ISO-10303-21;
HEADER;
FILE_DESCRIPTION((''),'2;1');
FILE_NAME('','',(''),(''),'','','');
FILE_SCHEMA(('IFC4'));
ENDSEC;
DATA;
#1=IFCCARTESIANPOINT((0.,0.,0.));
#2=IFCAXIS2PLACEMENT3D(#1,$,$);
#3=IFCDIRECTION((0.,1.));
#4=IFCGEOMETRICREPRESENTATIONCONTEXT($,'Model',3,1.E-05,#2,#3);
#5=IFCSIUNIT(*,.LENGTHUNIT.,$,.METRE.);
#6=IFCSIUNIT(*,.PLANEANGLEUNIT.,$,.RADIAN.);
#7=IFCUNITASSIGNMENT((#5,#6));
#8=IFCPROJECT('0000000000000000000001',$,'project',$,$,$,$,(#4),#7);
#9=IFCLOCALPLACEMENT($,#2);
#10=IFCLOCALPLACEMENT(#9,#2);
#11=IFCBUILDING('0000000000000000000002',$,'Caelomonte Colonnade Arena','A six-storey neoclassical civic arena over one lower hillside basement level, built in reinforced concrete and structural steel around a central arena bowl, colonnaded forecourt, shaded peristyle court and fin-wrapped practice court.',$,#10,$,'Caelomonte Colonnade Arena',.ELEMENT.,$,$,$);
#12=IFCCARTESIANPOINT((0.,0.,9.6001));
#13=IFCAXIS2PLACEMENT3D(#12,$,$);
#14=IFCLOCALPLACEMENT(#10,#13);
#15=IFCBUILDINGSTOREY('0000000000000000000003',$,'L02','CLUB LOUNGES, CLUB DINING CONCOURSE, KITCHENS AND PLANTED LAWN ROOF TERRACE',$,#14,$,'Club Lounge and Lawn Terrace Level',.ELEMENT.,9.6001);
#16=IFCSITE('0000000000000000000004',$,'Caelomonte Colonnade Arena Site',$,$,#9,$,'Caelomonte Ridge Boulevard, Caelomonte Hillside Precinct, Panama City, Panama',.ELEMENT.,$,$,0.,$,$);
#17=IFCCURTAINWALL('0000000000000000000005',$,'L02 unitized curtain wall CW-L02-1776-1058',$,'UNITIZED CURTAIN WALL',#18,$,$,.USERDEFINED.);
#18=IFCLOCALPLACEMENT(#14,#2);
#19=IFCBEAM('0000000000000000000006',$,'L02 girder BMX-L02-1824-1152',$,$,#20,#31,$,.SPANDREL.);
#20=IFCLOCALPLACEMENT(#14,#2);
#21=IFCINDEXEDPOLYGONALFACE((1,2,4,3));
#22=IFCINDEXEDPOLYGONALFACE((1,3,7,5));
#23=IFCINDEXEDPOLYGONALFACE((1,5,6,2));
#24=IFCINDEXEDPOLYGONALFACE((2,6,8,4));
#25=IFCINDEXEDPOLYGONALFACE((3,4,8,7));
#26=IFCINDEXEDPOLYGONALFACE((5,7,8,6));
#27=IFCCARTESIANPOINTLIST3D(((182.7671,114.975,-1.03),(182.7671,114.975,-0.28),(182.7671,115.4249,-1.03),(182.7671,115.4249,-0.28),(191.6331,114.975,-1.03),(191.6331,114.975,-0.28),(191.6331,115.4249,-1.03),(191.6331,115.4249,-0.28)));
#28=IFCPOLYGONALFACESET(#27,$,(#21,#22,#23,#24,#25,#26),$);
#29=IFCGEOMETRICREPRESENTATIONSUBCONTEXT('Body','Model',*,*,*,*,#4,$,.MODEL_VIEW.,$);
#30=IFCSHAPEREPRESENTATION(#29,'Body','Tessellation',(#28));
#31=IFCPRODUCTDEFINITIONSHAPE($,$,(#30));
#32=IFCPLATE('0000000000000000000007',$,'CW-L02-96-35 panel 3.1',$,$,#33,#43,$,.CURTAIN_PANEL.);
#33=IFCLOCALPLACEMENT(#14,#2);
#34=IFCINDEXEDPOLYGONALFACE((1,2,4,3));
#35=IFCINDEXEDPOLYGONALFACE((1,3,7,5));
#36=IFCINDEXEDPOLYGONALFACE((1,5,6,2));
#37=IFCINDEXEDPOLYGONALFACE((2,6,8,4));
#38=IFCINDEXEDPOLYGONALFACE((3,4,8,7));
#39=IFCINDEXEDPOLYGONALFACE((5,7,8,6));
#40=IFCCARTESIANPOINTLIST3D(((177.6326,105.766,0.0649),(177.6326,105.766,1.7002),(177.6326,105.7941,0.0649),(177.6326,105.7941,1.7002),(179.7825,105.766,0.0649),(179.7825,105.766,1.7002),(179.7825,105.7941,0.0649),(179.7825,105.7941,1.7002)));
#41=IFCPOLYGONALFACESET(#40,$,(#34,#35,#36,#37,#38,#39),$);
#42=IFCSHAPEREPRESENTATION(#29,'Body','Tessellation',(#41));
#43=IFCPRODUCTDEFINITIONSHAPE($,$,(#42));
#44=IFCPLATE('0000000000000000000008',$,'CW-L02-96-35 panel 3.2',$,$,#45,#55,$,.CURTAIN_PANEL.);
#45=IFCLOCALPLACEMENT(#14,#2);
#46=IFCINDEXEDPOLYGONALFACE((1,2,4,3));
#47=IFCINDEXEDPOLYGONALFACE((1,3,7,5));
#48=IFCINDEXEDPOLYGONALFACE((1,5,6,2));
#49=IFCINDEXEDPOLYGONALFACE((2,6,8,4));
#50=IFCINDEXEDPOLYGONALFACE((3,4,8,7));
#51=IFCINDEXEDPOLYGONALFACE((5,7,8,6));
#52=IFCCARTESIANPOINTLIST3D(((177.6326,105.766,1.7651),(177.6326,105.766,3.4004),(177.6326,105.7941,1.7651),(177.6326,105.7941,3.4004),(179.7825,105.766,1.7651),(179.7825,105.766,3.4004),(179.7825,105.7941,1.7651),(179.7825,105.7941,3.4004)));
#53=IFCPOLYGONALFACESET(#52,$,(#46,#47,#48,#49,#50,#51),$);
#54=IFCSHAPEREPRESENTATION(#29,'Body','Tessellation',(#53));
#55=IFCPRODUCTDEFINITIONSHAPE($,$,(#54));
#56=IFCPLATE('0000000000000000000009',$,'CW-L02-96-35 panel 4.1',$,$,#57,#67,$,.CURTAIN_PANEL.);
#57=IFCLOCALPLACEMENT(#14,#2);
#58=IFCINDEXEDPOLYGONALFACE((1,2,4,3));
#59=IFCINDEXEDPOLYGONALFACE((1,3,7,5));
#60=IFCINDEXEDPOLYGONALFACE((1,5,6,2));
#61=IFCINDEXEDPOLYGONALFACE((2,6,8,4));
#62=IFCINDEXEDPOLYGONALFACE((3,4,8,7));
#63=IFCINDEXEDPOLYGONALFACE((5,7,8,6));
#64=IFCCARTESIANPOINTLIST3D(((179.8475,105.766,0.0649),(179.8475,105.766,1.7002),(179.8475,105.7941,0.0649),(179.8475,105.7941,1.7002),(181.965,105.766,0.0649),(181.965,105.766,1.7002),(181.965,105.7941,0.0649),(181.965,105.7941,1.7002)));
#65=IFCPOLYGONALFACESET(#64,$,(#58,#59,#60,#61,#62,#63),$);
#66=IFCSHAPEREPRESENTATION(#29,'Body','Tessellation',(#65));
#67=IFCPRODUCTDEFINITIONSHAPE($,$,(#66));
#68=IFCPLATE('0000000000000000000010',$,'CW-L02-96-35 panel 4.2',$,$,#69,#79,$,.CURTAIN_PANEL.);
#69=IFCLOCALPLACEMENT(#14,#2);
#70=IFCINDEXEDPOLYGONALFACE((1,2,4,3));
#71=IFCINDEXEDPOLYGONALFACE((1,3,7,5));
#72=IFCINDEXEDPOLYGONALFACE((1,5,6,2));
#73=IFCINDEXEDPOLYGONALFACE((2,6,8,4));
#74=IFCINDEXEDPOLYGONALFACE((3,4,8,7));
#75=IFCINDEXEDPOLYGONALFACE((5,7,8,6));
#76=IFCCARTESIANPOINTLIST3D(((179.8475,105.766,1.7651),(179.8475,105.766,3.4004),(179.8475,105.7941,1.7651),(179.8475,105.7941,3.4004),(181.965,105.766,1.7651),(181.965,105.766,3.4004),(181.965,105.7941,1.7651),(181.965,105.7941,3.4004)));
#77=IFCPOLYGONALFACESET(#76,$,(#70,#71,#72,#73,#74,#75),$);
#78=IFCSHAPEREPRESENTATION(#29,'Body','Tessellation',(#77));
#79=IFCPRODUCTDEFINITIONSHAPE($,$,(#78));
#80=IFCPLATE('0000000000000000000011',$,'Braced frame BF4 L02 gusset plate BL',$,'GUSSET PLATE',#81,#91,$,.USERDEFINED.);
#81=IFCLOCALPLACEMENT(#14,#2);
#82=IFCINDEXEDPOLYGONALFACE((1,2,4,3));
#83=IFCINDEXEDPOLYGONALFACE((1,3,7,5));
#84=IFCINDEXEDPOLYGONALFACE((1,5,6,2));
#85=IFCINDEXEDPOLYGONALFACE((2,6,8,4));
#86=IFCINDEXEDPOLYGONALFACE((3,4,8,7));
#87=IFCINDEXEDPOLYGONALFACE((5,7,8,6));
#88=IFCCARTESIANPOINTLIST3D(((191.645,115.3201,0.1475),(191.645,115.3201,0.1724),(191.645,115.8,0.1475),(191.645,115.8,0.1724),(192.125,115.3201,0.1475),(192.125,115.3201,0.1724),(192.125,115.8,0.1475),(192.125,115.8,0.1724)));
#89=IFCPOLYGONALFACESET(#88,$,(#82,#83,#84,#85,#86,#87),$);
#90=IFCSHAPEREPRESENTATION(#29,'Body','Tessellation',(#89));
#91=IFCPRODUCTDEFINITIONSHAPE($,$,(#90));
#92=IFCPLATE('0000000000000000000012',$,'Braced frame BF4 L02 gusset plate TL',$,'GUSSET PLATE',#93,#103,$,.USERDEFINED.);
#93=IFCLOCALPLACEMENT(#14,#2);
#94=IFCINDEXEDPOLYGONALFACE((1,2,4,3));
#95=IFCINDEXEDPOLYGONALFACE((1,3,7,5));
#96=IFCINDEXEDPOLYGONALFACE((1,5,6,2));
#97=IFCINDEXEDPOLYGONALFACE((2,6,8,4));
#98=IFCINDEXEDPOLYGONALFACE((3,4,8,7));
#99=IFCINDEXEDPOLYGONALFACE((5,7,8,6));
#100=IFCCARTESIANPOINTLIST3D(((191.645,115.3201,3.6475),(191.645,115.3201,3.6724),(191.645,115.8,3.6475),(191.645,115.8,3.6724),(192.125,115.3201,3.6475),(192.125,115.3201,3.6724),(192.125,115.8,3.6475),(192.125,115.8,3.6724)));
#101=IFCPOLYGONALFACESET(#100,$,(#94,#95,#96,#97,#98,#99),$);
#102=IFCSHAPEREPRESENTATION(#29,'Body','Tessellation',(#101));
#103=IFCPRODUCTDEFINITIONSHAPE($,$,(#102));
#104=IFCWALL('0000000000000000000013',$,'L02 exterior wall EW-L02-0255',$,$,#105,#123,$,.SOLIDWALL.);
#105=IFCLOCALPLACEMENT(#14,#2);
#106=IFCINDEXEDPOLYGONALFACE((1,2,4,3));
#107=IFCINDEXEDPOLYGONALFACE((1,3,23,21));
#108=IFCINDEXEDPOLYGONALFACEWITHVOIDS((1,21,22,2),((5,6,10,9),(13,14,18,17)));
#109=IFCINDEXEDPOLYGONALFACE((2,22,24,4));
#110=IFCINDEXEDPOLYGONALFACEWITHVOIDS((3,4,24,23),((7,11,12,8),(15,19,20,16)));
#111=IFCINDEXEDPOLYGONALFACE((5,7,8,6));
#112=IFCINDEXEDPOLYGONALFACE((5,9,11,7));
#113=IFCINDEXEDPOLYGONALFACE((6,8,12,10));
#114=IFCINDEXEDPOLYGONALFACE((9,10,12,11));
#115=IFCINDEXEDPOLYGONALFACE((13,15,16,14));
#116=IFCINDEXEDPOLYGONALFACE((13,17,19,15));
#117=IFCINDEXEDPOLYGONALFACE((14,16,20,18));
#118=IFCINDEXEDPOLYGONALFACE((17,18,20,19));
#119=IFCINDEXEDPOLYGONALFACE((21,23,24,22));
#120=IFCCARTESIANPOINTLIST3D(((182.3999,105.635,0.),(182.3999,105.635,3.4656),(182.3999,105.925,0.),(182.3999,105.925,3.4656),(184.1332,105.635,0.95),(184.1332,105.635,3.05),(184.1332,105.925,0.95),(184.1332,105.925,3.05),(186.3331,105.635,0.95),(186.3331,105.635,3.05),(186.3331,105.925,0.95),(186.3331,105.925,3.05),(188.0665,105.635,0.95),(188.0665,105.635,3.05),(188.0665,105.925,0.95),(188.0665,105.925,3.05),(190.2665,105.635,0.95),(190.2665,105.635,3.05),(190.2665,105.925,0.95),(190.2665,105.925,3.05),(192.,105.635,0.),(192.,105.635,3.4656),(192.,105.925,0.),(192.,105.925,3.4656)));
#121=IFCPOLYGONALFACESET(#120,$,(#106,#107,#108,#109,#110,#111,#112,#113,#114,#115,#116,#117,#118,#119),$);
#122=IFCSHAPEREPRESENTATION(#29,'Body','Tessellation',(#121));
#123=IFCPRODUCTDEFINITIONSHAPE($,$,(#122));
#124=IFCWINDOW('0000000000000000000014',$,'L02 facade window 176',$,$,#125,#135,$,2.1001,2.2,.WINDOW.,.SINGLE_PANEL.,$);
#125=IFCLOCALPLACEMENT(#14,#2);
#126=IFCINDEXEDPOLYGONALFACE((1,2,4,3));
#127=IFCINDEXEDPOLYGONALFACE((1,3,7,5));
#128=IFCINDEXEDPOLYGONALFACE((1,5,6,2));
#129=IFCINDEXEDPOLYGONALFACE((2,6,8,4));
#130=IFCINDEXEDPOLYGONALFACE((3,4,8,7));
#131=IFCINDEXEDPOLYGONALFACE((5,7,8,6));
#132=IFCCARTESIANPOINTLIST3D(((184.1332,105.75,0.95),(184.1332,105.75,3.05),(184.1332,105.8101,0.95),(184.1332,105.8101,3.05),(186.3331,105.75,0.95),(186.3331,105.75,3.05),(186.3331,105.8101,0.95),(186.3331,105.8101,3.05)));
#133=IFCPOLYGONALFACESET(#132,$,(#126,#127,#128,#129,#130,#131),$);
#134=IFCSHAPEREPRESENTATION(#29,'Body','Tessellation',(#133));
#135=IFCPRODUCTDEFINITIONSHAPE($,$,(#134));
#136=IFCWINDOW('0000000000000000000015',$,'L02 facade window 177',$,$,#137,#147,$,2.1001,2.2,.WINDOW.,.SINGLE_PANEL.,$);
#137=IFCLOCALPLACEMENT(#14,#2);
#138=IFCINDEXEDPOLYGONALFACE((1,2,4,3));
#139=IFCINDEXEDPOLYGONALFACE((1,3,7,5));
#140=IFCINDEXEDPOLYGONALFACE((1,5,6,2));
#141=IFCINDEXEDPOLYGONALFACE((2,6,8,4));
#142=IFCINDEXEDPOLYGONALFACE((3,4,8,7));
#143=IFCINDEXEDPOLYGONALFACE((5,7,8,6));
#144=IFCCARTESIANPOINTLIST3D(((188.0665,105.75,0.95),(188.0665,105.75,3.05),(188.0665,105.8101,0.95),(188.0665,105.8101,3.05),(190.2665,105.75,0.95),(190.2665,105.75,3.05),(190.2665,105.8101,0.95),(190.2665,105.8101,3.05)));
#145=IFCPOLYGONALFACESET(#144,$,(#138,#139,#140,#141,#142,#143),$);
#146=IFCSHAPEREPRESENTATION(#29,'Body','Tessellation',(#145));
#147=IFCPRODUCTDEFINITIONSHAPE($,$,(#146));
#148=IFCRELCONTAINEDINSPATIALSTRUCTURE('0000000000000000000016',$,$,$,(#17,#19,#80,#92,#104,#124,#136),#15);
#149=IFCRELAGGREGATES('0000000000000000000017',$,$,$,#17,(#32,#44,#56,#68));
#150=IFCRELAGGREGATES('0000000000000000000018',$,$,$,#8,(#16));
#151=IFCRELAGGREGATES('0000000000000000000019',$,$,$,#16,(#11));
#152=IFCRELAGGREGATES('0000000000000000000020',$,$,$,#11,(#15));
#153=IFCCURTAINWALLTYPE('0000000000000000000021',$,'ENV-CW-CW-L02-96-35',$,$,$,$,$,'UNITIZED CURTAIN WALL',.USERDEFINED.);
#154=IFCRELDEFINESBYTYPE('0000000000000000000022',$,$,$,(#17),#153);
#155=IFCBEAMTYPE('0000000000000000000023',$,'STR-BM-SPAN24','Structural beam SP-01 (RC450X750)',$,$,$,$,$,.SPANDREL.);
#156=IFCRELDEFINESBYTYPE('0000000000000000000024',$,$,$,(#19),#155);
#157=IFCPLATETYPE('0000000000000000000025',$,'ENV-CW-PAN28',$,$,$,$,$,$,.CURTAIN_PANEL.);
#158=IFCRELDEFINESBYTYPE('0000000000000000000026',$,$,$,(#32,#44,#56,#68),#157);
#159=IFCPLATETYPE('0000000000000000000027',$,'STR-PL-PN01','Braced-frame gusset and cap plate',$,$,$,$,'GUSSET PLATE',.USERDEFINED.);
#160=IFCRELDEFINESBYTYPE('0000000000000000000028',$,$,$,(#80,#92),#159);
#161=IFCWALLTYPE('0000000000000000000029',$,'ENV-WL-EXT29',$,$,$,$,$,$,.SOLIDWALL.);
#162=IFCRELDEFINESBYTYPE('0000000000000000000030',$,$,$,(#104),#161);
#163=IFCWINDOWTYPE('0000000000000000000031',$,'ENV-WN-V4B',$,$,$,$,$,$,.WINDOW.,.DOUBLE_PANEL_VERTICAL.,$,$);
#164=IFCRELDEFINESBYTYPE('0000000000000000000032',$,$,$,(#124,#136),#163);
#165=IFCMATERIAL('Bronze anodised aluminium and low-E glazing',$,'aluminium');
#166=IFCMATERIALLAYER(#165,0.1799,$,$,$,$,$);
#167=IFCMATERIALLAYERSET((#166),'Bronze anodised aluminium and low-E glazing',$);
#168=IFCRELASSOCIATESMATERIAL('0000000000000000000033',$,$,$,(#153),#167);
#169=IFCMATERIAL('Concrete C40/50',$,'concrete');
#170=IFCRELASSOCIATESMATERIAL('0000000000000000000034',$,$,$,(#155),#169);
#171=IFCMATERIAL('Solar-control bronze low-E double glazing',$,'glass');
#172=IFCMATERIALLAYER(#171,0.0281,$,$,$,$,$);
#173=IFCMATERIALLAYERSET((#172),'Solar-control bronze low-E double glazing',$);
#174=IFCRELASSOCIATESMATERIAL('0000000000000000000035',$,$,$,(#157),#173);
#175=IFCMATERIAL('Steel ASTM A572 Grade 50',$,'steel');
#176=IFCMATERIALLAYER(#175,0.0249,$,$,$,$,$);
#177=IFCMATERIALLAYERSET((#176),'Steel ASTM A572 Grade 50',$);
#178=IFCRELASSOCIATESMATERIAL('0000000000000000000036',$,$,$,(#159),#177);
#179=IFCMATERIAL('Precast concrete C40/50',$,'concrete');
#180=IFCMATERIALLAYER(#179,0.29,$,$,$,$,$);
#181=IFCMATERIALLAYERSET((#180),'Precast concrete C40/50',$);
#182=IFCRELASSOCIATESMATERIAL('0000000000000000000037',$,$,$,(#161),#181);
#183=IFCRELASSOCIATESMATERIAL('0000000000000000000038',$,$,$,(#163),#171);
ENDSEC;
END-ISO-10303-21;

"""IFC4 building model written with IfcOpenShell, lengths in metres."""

from ifc_helpers import new_model, si_unit, direction, frame, frame_2d, origin, origin_2d, place, context, subcontext, project, spatial, rectangle, extrude, material, layer, layer_set, material_profile, profile_set, type_object, element, fill, aggregate, save


model = new_model("IFC4")

# Units and contexts
model_context = context("Model", 3, precision=1e-05, world=origin(), true_north=direction((0.0, 1.0)))
body_context = subcontext(model_context, "Body", "Model", "MODEL_VIEW")
ifc_project = project(units=[si_unit("LENGTHUNIT", "METRE"), si_unit("PLANEANGLEUNIT", "RADIAN")], contexts=[model_context])

# Site, building, storey
site_placement = place(None, origin())
site = spatial("IfcSite", under=ifc_project, at=site_placement, Name="Caelomonte Colonnade Arena Site", LongName="Caelomonte Ridge Boulevard, Caelomonte Hillside Precinct, Panama City, Panama", CompositionType="ELEMENT", RefElevation=0.0)
building_placement = place(site_placement, origin())
building = spatial("IfcBuilding", under=site, at=building_placement, Name="Caelomonte Colonnade Arena", Description="A six-storey neoclassical civic arena over one lower hillside basement level, built in reinforced concrete and structural steel around a central arena bowl, colonnaded forecourt, shaded peristyle court and fin-wrapped practice court.", LongName="Caelomonte Colonnade Arena", CompositionType="ELEMENT")
storey_placement = place(building_placement, frame((0.0, 0.0, 9.6001)))
storey = spatial("IfcBuildingStorey", under=building, at=storey_placement, Name="L02", Description="CLUB LOUNGES, CLUB DINING CONCOURSE, KITCHENS AND PLANTED LAWN ROOF TERRACE", LongName="Club Lounge and Lawn Terrace Level", CompositionType="ELEMENT", Elevation=9.6001)

# Shared definitions
ifc_material_1 = material(Name="Concrete C40/50", Category="concrete")

# Curtain wall
ifc_material_2 = material(Name="Bronze anodised aluminium and low-E glazing", Category="aluminium")
ifc_layer_1 = layer(ifc_material_2, 0.1799)
ifc_layer_set_1 = layer_set([ifc_layer_1], Name="Bronze anodised aluminium and low-E glazing")
curtain_wall_type = type_object("IfcCurtainWallType", Name="ENV-CW-CW-L02-96-35", ElementType="UNITIZED CURTAIN WALL", PredefinedType="USERDEFINED", material=ifc_layer_set_1)
curtain_wall_placement = place(storey_placement, origin())
curtain_wall = element("IfcCurtainWall", 1, at=curtain_wall_placement, inside=storey, type_object=curtain_wall_type, Name="L02 unitized curtain wall CW-L02-1776-1058", ObjectType="UNITIZED CURTAIN WALL", PredefinedType="USERDEFINED")

# Beam
ifc_material_profile_1 = material_profile(ifc_material_1, rectangle(XDim=0.45, YDim=0.75, at=origin_2d()), Name="RC450X750")
ifc_profile_set_1 = profile_set([ifc_material_profile_1], Name="Concrete C40/50")
beam_type_1 = type_object("IfcBeamType", Name="STR-BM-SPAN24", Description="Structural beam SP-01 (RC450X750)", PredefinedType="SPANDREL", material=ifc_profile_set_1)
beam_1_placement = place(storey_placement, frame((182.7671, 115.2, -0.655), z_axis=(1.0, 0.0, 0.0), x_axis=(0.0, 1.0, 0.0)))
element("IfcBeam", 2, at=beam_1_placement, inside=storey, type_object=beam_type_1, Name="L02 girder BMX-L02-1824-1152", PredefinedType="SPANDREL", context=body_context, shape_type="SweptSolid", body=[
    extrude(rectangle(XDim=0.45, YDim=0.75, at=origin_2d()), origin(), (0.0, 0.0, 1.0), 8.866),
])

# Plates
ifc_material_3 = material(Name="Solar-control bronze low-E double glazing", Category="glass")
ifc_layer_2 = layer(ifc_material_3, 0.0281)
ifc_layer_set_2 = layer_set([ifc_layer_2], Name="Solar-control bronze low-E double glazing")
plate_type_1 = type_object("IfcPlateType", Name="ENV-CW-PAN28", PredefinedType="CURTAIN_PANEL", material=ifc_layer_set_2)
plate_1_placement = place(storey_placement, frame((178.7075, 105.78, 0.0649), z_axis=(0.0, 0.0, 1.0), x_axis=(1.0, 0.0, 0.0)))
plate_1 = element("IfcPlate", 3, at=plate_1_placement, type_object=plate_type_1, Name="CW-L02-96-35 panel 3.1", PredefinedType="CURTAIN_PANEL", context=body_context, shape_type="SweptSolid", body=[
    extrude(rectangle(XDim=2.1499, YDim=0.0281, at=origin_2d()), origin(), (0.0, 0.0, 1.0), 1.6353),
])
plate_2_placement = place(storey_placement, frame((178.7075, 105.78, 1.7651), z_axis=(0.0, 0.0, 1.0), x_axis=(1.0, 0.0, 0.0)))
plate_2 = element("IfcPlate", 4, at=plate_2_placement, type_object=plate_type_1, Name="CW-L02-96-35 panel 3.2", PredefinedType="CURTAIN_PANEL", context=body_context, shape_type="SweptSolid", body=[
    extrude(rectangle(XDim=2.1499, YDim=0.0281, at=origin_2d()), origin(), (0.0, 0.0, 1.0), 1.6353),
])
plate_3_placement = place(storey_placement, frame((180.9062, 105.78, 0.0649), z_axis=(0.0, 0.0, 1.0), x_axis=(1.0, 0.0, 0.0)))
plate_3 = element("IfcPlate", 5, at=plate_3_placement, type_object=plate_type_1, Name="CW-L02-96-35 panel 4.1", PredefinedType="CURTAIN_PANEL", context=body_context, shape_type="SweptSolid", body=[
    extrude(rectangle(XDim=2.1174, YDim=0.0281, at=origin_2d()), origin(), (0.0, 0.0, 1.0), 1.6353),
])
plate_4_placement = place(storey_placement, frame((180.9062, 105.78, 1.7651), z_axis=(0.0, 0.0, 1.0), x_axis=(1.0, 0.0, 0.0)))
plate_4 = element("IfcPlate", 6, at=plate_4_placement, type_object=plate_type_1, Name="CW-L02-96-35 panel 4.2", PredefinedType="CURTAIN_PANEL", context=body_context, shape_type="SweptSolid", body=[
    extrude(rectangle(XDim=2.1174, YDim=0.0281, at=origin_2d()), origin(), (0.0, 0.0, 1.0), 1.6353),
])
aggregate(curtain_wall, [plate_1, plate_2, plate_3, plate_4])

# Plates
ifc_material_4 = material(Name="Steel ASTM A572 Grade 50", Category="steel")
ifc_layer_3 = layer(ifc_material_4, 0.0249)
ifc_layer_set_3 = layer_set([ifc_layer_3], Name="Steel ASTM A572 Grade 50")
plate_type_2 = type_object("IfcPlateType", Name="STR-PL-PN01", Description="Braced-frame gusset and cap plate", ElementType="GUSSET PLATE", PredefinedType="USERDEFINED", material=ifc_layer_set_3)
for number, where, z_axis, x_axis, name in (
    (7, (191.885, 115.5601, 0.1475), (0.0, 0.0, 1.0), (1.0, 0.0, 0.0), "Braced frame BF4 L02 gusset plate BL"),
    (8, (191.885, 115.5601, 3.6475), (0.0, 0.0, 1.0), (1.0, 0.0, 0.0), "Braced frame BF4 L02 gusset plate TL"),
):
    element("IfcPlate", number, at=place(storey_placement, frame(where, z_axis=z_axis, x_axis=x_axis)), inside=storey, type_object=plate_type_2, Name=name, ObjectType="GUSSET PLATE", PredefinedType="USERDEFINED", context=body_context, shape_type="SweptSolid", body=[
        extrude(rectangle(XDim=0.48, YDim=0.48, at=origin_2d()), origin(), (0.0, 0.0, 1.0), 0.0249),
    ])

# Wall, openings, windows
ifc_material_5 = material(Name="Precast concrete C40/50", Category="concrete")
ifc_layer_4 = layer(ifc_material_5, 0.29)
ifc_layer_set_4 = layer_set([ifc_layer_4], Name="Precast concrete C40/50")
wall_type_1 = type_object("IfcWallType", Name="ENV-WL-EXT29", PredefinedType="SOLIDWALL", material=ifc_layer_set_4)
wall_1_placement = place(storey_placement, frame((182.3999, 105.78, 0.0), z_axis=(0.0, 0.0, 1.0), x_axis=(1.0, 0.0, 0.0)))
wall_1 = element("IfcWall", 9, at=wall_1_placement, inside=storey, type_object=wall_type_1, Name="L02 exterior wall EW-L02-0255", PredefinedType="SOLIDWALL", context=body_context, shape_type="SweptSolid", body=[
    extrude(rectangle(XDim=9.6001, YDim=0.29, at=frame_2d((4.8, 0.0))), origin(), (0.0, 0.0, 1.0), 3.4656),
])
opening_1_placement = place(wall_1_placement, frame((3.9333, 0.0, 0.95), z_axis=(0.0, 0.0, 1.0), x_axis=(-1.0, 0.0, 0.0)))
opening_1 = element("IfcOpeningElement", 10, at=opening_1_placement, cuts=wall_1, PredefinedType="OPENING", context=body_context, shape_type="SweptSolid", body=[
    extrude(rectangle(XDim=2.2, YDim=2.1001, at=frame_2d((1.1001, 1.05))), frame((0.0, 0.155, 0.0), z_axis=(0.0, -1.0, 0.0), x_axis=(1.0, 0.0, 0.0)), (0.0, 0.0, 1.0), 0.3101),
])
opening_2_placement = place(wall_1_placement, frame((7.8667, 0.0, 0.95), z_axis=(0.0, 0.0, 1.0), x_axis=(-1.0, 0.0, 0.0)))
opening_2 = element("IfcOpeningElement", 11, at=opening_2_placement, cuts=wall_1, PredefinedType="OPENING", context=body_context, shape_type="SweptSolid", body=[
    extrude(rectangle(XDim=2.2, YDim=2.1001, at=frame_2d((1.1001, 1.05))), frame((0.0, 0.155, 0.0), z_axis=(0.0, -1.0, 0.0), x_axis=(1.0, 0.0, 0.0)), (0.0, 0.0, 1.0), 0.3101),
])
window_type = type_object("IfcWindowType", Name="ENV-WN-V4B", PartitioningType="DOUBLE_PANEL_VERTICAL", PredefinedType="WINDOW", material=ifc_material_3)
window_1_placement = place(opening_1_placement, origin())
window_1 = element("IfcWindow", 12, at=window_1_placement, inside=storey, type_object=window_type, Name="L02 facade window 176", OverallHeight=2.1001, OverallWidth=2.2, PartitioningType="SINGLE_PANEL", PredefinedType="WINDOW", context=body_context, shape_type="SweptSolid", body=[
    extrude(rectangle(XDim=2.2, YDim=2.1001, at=frame_2d((1.1001, 1.05))), frame((0.0, 0.03, 0.0), z_axis=(0.0, -1.0, 0.0), x_axis=(1.0, 0.0, 0.0)), (0.0, 0.0, 1.0), 0.0601),
])
fill(opening_1, window_1)
window_2_placement = place(opening_2_placement, origin())
window_2 = element("IfcWindow", 13, at=window_2_placement, inside=storey, type_object=window_type, Name="L02 facade window 177", OverallHeight=2.1001, OverallWidth=2.2, PartitioningType="SINGLE_PANEL", PredefinedType="WINDOW", context=body_context, shape_type="SweptSolid", body=[
    extrude(rectangle(XDim=2.2, YDim=2.1001, at=frame_2d((1.1001, 1.05))), frame((0.0, 0.03, 0.0), z_axis=(0.0, -1.0, 0.0), x_axis=(1.0, 0.0, 0.0)), (0.0, 0.0, 1.0), 0.0601),
])
fill(opening_2, window_2)

save(model, "model.ifc")
